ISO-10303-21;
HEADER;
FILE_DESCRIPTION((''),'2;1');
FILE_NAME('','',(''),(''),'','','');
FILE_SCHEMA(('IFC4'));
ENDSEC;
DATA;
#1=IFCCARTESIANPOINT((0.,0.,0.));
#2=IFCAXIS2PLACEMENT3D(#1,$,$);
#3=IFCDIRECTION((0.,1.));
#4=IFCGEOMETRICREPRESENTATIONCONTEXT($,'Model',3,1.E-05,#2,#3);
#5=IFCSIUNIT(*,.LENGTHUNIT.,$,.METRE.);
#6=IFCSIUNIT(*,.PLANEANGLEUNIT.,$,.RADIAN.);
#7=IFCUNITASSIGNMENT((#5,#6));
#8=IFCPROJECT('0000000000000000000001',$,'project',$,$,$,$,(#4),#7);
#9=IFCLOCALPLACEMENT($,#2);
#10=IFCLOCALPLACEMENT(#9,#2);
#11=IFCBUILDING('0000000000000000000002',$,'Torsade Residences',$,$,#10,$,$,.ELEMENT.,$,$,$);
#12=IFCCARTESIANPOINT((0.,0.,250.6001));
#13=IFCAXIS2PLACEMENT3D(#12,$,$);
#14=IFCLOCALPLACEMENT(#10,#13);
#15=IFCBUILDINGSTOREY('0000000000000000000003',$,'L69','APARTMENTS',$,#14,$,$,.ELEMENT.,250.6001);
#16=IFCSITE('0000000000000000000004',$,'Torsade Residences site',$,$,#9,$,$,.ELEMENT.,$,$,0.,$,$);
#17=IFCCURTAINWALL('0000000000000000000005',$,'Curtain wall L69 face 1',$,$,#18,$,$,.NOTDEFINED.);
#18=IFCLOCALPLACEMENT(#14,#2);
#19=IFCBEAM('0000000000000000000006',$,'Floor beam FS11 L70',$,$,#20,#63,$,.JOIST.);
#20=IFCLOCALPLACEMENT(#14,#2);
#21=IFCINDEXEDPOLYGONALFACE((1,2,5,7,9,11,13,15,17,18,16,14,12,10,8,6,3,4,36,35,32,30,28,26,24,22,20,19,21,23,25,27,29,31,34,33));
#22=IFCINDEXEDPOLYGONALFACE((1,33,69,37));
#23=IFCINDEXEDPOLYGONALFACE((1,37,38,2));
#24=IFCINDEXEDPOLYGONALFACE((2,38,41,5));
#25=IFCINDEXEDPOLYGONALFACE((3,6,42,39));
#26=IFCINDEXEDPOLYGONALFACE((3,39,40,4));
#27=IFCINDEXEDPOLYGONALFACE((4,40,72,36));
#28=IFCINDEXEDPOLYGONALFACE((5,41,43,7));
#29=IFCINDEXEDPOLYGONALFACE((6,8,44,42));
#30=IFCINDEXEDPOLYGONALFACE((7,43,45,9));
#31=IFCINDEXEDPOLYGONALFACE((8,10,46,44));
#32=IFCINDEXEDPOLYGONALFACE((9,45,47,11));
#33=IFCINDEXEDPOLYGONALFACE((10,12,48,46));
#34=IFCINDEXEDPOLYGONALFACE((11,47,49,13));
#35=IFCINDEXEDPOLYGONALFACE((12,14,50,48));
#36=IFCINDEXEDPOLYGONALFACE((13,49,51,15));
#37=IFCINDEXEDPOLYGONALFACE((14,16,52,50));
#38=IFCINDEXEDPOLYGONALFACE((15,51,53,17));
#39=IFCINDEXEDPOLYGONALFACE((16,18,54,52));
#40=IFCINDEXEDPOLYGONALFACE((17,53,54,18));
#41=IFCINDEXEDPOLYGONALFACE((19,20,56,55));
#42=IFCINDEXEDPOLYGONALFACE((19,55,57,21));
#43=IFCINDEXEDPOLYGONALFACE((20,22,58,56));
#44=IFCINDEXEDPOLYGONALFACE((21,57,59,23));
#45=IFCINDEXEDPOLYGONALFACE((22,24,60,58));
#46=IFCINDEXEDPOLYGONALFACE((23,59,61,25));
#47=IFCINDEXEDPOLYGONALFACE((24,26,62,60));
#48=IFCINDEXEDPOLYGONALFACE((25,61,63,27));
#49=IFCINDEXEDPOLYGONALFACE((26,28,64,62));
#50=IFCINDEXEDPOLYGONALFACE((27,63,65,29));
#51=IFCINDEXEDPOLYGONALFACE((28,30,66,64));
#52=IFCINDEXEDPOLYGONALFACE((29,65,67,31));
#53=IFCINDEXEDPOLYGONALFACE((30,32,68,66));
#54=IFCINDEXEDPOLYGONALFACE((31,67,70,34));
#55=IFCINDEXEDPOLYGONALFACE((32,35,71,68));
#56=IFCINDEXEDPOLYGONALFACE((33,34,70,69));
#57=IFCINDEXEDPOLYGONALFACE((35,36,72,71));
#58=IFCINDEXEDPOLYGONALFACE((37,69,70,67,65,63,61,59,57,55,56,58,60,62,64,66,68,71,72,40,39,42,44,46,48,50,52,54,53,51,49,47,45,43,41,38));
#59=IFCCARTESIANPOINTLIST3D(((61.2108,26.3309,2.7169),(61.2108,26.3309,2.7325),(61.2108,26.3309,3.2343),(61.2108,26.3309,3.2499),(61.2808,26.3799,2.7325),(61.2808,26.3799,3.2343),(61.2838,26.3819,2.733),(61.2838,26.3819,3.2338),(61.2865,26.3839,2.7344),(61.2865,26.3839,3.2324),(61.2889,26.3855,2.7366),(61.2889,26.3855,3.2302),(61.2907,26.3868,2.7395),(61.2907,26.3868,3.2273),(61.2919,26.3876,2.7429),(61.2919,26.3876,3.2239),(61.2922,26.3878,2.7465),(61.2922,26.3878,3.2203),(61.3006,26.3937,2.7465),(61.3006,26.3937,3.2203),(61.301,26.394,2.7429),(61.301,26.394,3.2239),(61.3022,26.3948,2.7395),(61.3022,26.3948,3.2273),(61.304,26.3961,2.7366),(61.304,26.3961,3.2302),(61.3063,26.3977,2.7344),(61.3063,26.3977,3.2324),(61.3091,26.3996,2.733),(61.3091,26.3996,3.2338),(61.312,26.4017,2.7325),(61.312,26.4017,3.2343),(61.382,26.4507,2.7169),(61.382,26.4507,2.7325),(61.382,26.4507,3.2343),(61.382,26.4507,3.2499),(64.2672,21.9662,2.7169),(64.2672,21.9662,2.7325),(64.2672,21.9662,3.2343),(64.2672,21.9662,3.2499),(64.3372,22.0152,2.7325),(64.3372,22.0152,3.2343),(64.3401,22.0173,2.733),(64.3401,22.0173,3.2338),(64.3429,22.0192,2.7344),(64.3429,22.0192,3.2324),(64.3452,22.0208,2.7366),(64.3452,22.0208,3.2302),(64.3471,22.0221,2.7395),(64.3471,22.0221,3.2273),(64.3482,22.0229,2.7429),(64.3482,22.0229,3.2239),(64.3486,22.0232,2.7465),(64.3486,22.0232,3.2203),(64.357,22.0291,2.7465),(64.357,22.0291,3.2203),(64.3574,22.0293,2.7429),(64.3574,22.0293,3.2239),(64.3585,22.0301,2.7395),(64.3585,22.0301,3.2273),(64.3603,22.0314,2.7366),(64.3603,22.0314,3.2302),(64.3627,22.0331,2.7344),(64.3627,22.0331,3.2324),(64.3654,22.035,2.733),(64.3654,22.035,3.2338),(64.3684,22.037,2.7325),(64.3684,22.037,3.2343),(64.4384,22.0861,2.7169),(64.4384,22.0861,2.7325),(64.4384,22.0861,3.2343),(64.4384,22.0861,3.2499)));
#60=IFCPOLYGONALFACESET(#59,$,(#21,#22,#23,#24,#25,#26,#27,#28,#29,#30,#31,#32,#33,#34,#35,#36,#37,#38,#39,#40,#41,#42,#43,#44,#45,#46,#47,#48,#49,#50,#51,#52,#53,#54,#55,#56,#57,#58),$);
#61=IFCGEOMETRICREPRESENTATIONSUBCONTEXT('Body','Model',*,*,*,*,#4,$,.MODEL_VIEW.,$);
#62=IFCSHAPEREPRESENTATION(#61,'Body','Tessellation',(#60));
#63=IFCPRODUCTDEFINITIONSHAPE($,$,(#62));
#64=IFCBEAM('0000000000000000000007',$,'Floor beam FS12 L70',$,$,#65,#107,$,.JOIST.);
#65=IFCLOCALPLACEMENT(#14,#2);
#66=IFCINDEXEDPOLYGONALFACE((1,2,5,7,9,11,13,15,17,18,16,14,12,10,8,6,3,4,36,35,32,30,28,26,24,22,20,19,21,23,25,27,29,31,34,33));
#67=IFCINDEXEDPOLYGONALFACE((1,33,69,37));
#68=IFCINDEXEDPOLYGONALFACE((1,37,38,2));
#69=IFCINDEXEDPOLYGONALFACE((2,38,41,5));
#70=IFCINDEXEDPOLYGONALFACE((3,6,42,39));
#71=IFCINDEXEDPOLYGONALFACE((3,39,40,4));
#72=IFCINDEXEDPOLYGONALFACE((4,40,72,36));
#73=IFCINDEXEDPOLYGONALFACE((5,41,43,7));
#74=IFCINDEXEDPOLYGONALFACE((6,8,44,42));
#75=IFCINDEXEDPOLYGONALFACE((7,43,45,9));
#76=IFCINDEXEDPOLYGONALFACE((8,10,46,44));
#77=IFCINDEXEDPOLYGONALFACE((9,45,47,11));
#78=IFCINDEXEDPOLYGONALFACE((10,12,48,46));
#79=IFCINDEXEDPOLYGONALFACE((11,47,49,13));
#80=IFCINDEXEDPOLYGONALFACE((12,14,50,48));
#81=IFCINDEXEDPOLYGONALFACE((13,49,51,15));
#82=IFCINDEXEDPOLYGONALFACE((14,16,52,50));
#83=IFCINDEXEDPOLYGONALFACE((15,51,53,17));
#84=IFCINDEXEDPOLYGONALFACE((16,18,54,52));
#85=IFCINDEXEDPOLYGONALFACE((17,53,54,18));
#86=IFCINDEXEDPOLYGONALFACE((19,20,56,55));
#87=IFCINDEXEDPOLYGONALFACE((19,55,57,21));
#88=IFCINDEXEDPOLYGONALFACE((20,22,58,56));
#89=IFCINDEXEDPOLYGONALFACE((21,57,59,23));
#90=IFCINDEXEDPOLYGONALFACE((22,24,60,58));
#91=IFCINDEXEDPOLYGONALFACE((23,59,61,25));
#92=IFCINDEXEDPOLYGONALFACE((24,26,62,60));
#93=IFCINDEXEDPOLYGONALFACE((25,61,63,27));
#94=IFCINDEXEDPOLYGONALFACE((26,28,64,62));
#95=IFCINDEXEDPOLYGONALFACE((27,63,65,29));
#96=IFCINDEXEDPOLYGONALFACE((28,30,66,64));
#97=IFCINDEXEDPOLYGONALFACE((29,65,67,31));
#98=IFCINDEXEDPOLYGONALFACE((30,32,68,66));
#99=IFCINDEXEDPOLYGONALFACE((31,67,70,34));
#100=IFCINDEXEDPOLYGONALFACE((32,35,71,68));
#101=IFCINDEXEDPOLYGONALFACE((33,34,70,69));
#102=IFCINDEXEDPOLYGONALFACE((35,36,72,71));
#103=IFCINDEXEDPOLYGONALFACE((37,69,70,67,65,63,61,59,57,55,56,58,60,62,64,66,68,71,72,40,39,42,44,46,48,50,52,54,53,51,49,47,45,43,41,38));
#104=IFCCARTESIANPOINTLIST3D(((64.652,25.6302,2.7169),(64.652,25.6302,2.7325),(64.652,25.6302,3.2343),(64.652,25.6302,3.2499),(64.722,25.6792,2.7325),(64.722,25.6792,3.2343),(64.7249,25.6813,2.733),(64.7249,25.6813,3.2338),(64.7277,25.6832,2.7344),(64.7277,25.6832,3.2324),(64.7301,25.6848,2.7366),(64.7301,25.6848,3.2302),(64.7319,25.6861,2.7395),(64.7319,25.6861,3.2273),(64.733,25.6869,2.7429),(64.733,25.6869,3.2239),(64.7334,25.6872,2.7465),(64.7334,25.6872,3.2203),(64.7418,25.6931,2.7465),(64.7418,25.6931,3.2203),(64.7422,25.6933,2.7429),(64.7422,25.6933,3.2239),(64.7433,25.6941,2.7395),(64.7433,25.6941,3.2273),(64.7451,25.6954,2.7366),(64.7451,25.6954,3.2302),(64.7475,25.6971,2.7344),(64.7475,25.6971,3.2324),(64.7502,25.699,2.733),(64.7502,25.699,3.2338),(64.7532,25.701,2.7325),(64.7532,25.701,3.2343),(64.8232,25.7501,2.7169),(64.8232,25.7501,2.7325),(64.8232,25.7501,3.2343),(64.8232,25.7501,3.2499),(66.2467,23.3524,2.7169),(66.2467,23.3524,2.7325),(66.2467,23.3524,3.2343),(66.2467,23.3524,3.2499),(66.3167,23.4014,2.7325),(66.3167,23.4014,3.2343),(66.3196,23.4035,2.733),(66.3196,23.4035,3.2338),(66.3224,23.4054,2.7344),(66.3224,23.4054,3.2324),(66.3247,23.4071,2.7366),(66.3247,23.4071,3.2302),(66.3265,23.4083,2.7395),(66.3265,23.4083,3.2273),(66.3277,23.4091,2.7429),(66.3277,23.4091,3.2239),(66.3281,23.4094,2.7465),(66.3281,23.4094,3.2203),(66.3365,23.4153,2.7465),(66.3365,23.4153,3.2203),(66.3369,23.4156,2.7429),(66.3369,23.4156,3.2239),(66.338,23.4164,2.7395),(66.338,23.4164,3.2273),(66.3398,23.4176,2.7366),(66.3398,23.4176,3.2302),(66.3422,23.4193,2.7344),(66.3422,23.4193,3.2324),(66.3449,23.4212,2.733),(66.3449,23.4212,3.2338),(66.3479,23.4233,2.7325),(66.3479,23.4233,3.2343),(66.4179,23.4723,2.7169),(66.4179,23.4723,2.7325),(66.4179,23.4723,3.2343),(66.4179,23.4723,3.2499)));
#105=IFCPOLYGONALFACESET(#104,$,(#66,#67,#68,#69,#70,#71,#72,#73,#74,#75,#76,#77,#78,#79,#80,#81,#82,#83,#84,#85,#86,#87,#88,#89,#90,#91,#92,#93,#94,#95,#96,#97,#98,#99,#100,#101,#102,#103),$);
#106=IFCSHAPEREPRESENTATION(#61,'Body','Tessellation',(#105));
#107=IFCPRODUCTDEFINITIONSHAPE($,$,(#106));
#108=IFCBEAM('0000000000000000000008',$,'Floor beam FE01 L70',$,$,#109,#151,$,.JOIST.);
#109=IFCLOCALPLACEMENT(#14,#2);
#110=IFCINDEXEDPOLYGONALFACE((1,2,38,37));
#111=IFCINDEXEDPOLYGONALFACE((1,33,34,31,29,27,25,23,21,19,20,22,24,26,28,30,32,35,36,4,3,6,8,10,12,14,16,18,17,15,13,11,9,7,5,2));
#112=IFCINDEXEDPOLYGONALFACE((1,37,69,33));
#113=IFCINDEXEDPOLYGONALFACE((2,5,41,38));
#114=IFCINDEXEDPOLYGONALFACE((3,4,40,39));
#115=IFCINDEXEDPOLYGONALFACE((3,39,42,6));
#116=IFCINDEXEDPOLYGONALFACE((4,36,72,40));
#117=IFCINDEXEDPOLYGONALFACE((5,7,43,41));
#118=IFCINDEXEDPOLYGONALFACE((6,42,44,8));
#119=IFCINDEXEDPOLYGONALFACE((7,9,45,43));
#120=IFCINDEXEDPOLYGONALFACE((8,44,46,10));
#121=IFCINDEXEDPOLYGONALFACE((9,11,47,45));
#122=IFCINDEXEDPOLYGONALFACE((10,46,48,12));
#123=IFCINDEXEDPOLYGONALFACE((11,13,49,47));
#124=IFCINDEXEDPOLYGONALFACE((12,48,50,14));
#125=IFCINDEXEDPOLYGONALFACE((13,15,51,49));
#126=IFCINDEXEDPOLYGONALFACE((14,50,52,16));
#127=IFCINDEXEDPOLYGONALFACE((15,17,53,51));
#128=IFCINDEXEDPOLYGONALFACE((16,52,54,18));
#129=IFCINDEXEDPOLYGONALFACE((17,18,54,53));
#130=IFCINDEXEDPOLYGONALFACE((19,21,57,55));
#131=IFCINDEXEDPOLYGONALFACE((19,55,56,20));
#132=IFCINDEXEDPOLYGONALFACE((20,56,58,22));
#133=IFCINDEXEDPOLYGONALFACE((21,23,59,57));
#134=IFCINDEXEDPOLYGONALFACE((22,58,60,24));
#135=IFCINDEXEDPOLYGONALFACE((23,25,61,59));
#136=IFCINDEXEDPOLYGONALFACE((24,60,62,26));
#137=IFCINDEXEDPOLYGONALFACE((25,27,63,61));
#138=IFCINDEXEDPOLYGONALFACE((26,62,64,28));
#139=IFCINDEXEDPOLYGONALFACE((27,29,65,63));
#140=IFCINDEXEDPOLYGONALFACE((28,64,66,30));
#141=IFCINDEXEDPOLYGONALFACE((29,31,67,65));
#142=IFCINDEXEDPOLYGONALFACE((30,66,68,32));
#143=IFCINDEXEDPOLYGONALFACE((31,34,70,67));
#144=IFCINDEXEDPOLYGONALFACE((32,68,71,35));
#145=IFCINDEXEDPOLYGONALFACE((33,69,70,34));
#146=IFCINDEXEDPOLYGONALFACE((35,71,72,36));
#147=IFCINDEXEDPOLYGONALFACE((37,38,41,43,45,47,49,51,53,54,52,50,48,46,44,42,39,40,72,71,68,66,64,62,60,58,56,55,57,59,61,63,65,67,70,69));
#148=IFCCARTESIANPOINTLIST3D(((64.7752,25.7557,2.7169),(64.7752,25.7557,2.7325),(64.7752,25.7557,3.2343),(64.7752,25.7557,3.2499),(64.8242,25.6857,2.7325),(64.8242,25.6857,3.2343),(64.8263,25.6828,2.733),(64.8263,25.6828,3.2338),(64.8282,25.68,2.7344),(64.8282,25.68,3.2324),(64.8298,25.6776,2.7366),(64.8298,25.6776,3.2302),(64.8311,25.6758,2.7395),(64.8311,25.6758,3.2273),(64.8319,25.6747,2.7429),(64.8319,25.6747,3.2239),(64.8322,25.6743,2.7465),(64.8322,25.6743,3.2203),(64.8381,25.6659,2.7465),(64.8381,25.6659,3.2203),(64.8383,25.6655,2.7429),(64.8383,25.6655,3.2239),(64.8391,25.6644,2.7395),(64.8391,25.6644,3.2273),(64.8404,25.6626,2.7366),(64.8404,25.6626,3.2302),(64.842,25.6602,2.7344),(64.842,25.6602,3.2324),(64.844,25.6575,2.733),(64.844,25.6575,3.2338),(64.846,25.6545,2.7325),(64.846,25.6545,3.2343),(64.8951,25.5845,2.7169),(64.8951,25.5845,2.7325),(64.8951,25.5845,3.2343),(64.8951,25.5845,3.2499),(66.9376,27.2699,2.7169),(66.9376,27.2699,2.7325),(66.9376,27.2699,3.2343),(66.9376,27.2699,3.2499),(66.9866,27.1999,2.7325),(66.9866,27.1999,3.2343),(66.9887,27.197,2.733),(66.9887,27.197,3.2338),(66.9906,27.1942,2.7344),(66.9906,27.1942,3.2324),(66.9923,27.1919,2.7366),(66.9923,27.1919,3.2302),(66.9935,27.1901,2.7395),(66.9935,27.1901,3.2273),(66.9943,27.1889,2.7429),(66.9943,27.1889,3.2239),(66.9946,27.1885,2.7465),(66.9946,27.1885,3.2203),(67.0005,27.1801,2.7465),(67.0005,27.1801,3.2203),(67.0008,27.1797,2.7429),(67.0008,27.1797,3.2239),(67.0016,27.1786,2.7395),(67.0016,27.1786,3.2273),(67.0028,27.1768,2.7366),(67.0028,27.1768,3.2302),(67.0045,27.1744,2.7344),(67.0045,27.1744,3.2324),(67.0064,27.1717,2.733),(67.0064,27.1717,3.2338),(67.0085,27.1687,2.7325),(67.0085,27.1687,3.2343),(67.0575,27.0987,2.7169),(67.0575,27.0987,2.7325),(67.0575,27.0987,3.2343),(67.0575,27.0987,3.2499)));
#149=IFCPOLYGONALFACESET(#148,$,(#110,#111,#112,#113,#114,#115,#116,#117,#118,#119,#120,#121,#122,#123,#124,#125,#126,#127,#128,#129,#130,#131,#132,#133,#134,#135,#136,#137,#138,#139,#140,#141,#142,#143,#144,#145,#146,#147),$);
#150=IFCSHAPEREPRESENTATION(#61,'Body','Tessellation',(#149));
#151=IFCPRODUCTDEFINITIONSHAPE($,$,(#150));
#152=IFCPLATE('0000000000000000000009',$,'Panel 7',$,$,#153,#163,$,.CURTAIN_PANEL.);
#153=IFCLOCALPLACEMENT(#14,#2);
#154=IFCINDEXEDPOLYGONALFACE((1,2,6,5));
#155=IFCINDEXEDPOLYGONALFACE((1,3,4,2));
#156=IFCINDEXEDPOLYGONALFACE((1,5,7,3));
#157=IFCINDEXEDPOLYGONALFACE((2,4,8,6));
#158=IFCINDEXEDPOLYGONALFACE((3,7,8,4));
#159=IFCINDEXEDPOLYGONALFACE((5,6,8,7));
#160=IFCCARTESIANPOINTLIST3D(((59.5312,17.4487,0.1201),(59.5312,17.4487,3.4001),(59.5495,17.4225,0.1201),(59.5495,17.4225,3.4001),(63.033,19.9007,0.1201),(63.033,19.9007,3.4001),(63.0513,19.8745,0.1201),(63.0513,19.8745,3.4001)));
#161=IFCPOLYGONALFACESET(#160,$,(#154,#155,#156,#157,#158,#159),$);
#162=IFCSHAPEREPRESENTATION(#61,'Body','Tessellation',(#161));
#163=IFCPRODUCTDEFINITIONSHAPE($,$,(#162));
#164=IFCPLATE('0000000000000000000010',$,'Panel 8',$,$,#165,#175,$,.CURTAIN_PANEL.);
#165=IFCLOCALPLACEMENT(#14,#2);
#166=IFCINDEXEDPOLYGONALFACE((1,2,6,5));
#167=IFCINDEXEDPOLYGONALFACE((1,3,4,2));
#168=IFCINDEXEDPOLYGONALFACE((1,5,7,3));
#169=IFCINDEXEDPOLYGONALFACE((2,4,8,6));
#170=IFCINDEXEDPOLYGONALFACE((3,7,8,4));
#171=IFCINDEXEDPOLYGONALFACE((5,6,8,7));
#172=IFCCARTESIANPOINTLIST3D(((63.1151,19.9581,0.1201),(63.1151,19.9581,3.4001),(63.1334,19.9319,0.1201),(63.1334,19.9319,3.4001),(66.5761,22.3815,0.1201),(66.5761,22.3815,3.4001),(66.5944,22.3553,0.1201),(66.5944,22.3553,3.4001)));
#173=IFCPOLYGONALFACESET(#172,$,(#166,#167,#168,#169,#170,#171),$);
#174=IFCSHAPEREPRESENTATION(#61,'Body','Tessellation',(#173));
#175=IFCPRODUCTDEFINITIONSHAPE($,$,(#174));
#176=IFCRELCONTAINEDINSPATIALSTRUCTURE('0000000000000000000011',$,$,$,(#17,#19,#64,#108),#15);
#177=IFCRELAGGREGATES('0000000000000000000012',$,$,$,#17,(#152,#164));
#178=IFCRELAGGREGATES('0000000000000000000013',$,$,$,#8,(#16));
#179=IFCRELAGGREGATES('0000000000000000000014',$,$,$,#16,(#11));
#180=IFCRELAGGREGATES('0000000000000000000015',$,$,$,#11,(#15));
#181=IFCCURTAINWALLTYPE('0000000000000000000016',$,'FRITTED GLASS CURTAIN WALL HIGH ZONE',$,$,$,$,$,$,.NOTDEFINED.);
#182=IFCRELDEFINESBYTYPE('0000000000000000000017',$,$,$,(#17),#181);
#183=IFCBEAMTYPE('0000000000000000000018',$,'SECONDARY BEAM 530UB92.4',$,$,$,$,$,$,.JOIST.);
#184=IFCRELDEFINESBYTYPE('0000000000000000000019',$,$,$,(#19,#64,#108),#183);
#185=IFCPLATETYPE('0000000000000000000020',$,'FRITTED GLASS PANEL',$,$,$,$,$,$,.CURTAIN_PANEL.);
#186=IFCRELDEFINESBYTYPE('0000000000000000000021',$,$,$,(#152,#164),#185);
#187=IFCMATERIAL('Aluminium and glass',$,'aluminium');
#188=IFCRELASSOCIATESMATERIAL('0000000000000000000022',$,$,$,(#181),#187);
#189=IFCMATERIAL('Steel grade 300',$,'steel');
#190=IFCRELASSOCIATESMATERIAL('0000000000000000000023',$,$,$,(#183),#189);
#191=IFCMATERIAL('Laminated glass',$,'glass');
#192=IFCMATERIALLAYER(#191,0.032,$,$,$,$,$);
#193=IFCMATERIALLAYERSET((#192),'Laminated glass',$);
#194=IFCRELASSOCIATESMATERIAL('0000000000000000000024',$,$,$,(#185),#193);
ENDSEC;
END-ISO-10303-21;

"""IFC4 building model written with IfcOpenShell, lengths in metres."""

from ifc_helpers import new_model, si_unit, direction, frame, origin, origin_2d, place, context, subcontext, project, spatial, rectangle, i_section, extrude, material, layer, layer_set, material_profile, profile_set, type_object, element, aggregate, save


model = new_model("IFC4")

# Units and contexts
model_context = context("Model", 3, precision=1e-05, world=origin(), true_north=direction((0.0, 1.0)))
body_context = subcontext(model_context, "Body", "Model", "MODEL_VIEW")
ifc_project = project(units=[si_unit("LENGTHUNIT", "METRE"), si_unit("PLANEANGLEUNIT", "RADIAN")], contexts=[model_context])

# Site, building, storey
site_placement = place(None, origin())
site = spatial("IfcSite", under=ifc_project, at=site_placement, Name="Torsade Residences site", CompositionType="ELEMENT", RefElevation=0.0)
building_placement = place(site_placement, origin())
building = spatial("IfcBuilding", under=site, at=building_placement, Name="Torsade Residences", CompositionType="ELEMENT")
storey_placement = place(building_placement, frame((0.0, 0.0, 250.6001)))
storey = spatial("IfcBuildingStorey", under=building, at=storey_placement, Name="L69", Description="APARTMENTS", CompositionType="ELEMENT", Elevation=250.6001)

# Curtain wall
ifc_material_1 = material(Name="Aluminium and glass", Category="aluminium")
curtain_wall_type = type_object("IfcCurtainWallType", Name="FRITTED GLASS CURTAIN WALL HIGH ZONE", PredefinedType="NOTDEFINED", material=ifc_material_1)
curtain_wall_1_placement = place(storey_placement, origin())
curtain_wall_1 = element("IfcCurtainWall", 1, at=curtain_wall_1_placement, inside=storey, type_object=curtain_wall_type, Name="Curtain wall L69 face 1", PredefinedType="NOTDEFINED")

# Beams
ifc_material_2 = material(Name="Steel grade 300", Category="steel")
ifc_material_profile_1 = material_profile(ifc_material_2, i_section(OverallWidth=0.209, OverallDepth=0.533, WebThickness=0.0103, FlangeThickness=0.0156, FilletRadius=0.0139, at=origin_2d()), Name="530UB92.4")
ifc_profile_set_1 = profile_set([ifc_material_profile_1], Name="Steel grade 300")
beam_type_1 = type_object("IfcBeamType", Name="SECONDARY BEAM 530UB92.4", PredefinedType="JOIST", material=ifc_profile_set_1)
beam_1_placement = place(storey_placement, frame((64.3528, 22.0261, 2.9834), z_axis=(-0.573598, 0.819137, 0.0), x_axis=(-0.819137, -0.573598, 0.0)))
element("IfcBeam", 2, at=beam_1_placement, inside=storey, type_object=beam_type_1, Name="Floor beam FS11 L70", PredefinedType="JOIST", context=body_context, shape_type="SweptSolid", body=[
    extrude(i_section(OverallWidth=0.209, OverallDepth=0.533, WebThickness=0.0103, FlangeThickness=0.0156, FilletRadius=0.0139, at=origin_2d()), origin(), (0.0, 0.0, 1.0), 5.3284),
])
beam_2_placement = place(storey_placement, frame((66.3323, 23.4124, 2.9834), z_axis=(-0.573521, 0.819191, 0.0), x_axis=(-0.819191, -0.573521, 0.0)))
element("IfcBeam", 3, at=beam_2_placement, inside=storey, type_object=beam_type_1, Name="Floor beam FS12 L70", PredefinedType="JOIST", context=body_context, shape_type="SweptSolid", body=[
    extrude(i_section(OverallWidth=0.209, OverallDepth=0.533, WebThickness=0.0103, FlangeThickness=0.0156, FilletRadius=0.0139, at=origin_2d()), origin(), (0.0, 0.0, 1.0), 2.7805),
])
beam_3_placement = place(storey_placement, frame((66.9976, 27.1843, 2.9834), z_axis=(-0.819141, -0.573593, 0.0), x_axis=(0.573593, -0.819141, 0.0)))
element("IfcBeam", 4, at=beam_3_placement, inside=storey, type_object=beam_type_1, Name="Floor beam FE01 L70", PredefinedType="JOIST", context=body_context, shape_type="SweptSolid", body=[
    extrude(i_section(OverallWidth=0.209, OverallDepth=0.533, WebThickness=0.0103, FlangeThickness=0.0156, FilletRadius=0.0139, at=origin_2d()), origin(), (0.0, 0.0, 1.0), 2.6399),
])

# Plates
ifc_material_3 = material(Name="Laminated glass", Category="glass")
ifc_layer_1 = layer(ifc_material_3, 0.032)
ifc_layer_set_1 = layer_set([ifc_layer_1], Name="Laminated glass")
plate_type = type_object("IfcPlateType", Name="FRITTED GLASS PANEL", PredefinedType="CURTAIN_PANEL", material=ifc_layer_set_1)
plate_1_placement = place(storey_placement, frame((61.2913, 18.6616, 0.1201), z_axis=(0.0, 0.0, 1.0), x_axis=(0.819152, 0.573576, 0.0)))
plate_1 = element("IfcPlate", 5, at=plate_1_placement, type_object=plate_type, Name="Panel 7", PredefinedType="CURTAIN_PANEL", context=body_context, shape_type="SweptSolid", body=[
    extrude(rectangle(XDim=4.2749, YDim=0.032, at=origin_2d()), origin(), (0.0, 0.0, 1.0), 3.28),
])
plate_2_placement = place(storey_placement, frame((64.8547, 21.1567, 0.1201), z_axis=(0.0, 0.0, 1.0), x_axis=(0.819152, 0.573576, 0.0)))
plate_2 = element("IfcPlate", 6, at=plate_2_placement, type_object=plate_type, Name="Panel 8", PredefinedType="CURTAIN_PANEL", context=body_context, shape_type="SweptSolid", body=[
    extrude(rectangle(XDim=4.2251, YDim=0.032, at=origin_2d()), origin(), (0.0, 0.0, 1.0), 3.28),
])
aggregate(curtain_wall_1, [plate_1, plate_2])

save(model, "model.ifc")
